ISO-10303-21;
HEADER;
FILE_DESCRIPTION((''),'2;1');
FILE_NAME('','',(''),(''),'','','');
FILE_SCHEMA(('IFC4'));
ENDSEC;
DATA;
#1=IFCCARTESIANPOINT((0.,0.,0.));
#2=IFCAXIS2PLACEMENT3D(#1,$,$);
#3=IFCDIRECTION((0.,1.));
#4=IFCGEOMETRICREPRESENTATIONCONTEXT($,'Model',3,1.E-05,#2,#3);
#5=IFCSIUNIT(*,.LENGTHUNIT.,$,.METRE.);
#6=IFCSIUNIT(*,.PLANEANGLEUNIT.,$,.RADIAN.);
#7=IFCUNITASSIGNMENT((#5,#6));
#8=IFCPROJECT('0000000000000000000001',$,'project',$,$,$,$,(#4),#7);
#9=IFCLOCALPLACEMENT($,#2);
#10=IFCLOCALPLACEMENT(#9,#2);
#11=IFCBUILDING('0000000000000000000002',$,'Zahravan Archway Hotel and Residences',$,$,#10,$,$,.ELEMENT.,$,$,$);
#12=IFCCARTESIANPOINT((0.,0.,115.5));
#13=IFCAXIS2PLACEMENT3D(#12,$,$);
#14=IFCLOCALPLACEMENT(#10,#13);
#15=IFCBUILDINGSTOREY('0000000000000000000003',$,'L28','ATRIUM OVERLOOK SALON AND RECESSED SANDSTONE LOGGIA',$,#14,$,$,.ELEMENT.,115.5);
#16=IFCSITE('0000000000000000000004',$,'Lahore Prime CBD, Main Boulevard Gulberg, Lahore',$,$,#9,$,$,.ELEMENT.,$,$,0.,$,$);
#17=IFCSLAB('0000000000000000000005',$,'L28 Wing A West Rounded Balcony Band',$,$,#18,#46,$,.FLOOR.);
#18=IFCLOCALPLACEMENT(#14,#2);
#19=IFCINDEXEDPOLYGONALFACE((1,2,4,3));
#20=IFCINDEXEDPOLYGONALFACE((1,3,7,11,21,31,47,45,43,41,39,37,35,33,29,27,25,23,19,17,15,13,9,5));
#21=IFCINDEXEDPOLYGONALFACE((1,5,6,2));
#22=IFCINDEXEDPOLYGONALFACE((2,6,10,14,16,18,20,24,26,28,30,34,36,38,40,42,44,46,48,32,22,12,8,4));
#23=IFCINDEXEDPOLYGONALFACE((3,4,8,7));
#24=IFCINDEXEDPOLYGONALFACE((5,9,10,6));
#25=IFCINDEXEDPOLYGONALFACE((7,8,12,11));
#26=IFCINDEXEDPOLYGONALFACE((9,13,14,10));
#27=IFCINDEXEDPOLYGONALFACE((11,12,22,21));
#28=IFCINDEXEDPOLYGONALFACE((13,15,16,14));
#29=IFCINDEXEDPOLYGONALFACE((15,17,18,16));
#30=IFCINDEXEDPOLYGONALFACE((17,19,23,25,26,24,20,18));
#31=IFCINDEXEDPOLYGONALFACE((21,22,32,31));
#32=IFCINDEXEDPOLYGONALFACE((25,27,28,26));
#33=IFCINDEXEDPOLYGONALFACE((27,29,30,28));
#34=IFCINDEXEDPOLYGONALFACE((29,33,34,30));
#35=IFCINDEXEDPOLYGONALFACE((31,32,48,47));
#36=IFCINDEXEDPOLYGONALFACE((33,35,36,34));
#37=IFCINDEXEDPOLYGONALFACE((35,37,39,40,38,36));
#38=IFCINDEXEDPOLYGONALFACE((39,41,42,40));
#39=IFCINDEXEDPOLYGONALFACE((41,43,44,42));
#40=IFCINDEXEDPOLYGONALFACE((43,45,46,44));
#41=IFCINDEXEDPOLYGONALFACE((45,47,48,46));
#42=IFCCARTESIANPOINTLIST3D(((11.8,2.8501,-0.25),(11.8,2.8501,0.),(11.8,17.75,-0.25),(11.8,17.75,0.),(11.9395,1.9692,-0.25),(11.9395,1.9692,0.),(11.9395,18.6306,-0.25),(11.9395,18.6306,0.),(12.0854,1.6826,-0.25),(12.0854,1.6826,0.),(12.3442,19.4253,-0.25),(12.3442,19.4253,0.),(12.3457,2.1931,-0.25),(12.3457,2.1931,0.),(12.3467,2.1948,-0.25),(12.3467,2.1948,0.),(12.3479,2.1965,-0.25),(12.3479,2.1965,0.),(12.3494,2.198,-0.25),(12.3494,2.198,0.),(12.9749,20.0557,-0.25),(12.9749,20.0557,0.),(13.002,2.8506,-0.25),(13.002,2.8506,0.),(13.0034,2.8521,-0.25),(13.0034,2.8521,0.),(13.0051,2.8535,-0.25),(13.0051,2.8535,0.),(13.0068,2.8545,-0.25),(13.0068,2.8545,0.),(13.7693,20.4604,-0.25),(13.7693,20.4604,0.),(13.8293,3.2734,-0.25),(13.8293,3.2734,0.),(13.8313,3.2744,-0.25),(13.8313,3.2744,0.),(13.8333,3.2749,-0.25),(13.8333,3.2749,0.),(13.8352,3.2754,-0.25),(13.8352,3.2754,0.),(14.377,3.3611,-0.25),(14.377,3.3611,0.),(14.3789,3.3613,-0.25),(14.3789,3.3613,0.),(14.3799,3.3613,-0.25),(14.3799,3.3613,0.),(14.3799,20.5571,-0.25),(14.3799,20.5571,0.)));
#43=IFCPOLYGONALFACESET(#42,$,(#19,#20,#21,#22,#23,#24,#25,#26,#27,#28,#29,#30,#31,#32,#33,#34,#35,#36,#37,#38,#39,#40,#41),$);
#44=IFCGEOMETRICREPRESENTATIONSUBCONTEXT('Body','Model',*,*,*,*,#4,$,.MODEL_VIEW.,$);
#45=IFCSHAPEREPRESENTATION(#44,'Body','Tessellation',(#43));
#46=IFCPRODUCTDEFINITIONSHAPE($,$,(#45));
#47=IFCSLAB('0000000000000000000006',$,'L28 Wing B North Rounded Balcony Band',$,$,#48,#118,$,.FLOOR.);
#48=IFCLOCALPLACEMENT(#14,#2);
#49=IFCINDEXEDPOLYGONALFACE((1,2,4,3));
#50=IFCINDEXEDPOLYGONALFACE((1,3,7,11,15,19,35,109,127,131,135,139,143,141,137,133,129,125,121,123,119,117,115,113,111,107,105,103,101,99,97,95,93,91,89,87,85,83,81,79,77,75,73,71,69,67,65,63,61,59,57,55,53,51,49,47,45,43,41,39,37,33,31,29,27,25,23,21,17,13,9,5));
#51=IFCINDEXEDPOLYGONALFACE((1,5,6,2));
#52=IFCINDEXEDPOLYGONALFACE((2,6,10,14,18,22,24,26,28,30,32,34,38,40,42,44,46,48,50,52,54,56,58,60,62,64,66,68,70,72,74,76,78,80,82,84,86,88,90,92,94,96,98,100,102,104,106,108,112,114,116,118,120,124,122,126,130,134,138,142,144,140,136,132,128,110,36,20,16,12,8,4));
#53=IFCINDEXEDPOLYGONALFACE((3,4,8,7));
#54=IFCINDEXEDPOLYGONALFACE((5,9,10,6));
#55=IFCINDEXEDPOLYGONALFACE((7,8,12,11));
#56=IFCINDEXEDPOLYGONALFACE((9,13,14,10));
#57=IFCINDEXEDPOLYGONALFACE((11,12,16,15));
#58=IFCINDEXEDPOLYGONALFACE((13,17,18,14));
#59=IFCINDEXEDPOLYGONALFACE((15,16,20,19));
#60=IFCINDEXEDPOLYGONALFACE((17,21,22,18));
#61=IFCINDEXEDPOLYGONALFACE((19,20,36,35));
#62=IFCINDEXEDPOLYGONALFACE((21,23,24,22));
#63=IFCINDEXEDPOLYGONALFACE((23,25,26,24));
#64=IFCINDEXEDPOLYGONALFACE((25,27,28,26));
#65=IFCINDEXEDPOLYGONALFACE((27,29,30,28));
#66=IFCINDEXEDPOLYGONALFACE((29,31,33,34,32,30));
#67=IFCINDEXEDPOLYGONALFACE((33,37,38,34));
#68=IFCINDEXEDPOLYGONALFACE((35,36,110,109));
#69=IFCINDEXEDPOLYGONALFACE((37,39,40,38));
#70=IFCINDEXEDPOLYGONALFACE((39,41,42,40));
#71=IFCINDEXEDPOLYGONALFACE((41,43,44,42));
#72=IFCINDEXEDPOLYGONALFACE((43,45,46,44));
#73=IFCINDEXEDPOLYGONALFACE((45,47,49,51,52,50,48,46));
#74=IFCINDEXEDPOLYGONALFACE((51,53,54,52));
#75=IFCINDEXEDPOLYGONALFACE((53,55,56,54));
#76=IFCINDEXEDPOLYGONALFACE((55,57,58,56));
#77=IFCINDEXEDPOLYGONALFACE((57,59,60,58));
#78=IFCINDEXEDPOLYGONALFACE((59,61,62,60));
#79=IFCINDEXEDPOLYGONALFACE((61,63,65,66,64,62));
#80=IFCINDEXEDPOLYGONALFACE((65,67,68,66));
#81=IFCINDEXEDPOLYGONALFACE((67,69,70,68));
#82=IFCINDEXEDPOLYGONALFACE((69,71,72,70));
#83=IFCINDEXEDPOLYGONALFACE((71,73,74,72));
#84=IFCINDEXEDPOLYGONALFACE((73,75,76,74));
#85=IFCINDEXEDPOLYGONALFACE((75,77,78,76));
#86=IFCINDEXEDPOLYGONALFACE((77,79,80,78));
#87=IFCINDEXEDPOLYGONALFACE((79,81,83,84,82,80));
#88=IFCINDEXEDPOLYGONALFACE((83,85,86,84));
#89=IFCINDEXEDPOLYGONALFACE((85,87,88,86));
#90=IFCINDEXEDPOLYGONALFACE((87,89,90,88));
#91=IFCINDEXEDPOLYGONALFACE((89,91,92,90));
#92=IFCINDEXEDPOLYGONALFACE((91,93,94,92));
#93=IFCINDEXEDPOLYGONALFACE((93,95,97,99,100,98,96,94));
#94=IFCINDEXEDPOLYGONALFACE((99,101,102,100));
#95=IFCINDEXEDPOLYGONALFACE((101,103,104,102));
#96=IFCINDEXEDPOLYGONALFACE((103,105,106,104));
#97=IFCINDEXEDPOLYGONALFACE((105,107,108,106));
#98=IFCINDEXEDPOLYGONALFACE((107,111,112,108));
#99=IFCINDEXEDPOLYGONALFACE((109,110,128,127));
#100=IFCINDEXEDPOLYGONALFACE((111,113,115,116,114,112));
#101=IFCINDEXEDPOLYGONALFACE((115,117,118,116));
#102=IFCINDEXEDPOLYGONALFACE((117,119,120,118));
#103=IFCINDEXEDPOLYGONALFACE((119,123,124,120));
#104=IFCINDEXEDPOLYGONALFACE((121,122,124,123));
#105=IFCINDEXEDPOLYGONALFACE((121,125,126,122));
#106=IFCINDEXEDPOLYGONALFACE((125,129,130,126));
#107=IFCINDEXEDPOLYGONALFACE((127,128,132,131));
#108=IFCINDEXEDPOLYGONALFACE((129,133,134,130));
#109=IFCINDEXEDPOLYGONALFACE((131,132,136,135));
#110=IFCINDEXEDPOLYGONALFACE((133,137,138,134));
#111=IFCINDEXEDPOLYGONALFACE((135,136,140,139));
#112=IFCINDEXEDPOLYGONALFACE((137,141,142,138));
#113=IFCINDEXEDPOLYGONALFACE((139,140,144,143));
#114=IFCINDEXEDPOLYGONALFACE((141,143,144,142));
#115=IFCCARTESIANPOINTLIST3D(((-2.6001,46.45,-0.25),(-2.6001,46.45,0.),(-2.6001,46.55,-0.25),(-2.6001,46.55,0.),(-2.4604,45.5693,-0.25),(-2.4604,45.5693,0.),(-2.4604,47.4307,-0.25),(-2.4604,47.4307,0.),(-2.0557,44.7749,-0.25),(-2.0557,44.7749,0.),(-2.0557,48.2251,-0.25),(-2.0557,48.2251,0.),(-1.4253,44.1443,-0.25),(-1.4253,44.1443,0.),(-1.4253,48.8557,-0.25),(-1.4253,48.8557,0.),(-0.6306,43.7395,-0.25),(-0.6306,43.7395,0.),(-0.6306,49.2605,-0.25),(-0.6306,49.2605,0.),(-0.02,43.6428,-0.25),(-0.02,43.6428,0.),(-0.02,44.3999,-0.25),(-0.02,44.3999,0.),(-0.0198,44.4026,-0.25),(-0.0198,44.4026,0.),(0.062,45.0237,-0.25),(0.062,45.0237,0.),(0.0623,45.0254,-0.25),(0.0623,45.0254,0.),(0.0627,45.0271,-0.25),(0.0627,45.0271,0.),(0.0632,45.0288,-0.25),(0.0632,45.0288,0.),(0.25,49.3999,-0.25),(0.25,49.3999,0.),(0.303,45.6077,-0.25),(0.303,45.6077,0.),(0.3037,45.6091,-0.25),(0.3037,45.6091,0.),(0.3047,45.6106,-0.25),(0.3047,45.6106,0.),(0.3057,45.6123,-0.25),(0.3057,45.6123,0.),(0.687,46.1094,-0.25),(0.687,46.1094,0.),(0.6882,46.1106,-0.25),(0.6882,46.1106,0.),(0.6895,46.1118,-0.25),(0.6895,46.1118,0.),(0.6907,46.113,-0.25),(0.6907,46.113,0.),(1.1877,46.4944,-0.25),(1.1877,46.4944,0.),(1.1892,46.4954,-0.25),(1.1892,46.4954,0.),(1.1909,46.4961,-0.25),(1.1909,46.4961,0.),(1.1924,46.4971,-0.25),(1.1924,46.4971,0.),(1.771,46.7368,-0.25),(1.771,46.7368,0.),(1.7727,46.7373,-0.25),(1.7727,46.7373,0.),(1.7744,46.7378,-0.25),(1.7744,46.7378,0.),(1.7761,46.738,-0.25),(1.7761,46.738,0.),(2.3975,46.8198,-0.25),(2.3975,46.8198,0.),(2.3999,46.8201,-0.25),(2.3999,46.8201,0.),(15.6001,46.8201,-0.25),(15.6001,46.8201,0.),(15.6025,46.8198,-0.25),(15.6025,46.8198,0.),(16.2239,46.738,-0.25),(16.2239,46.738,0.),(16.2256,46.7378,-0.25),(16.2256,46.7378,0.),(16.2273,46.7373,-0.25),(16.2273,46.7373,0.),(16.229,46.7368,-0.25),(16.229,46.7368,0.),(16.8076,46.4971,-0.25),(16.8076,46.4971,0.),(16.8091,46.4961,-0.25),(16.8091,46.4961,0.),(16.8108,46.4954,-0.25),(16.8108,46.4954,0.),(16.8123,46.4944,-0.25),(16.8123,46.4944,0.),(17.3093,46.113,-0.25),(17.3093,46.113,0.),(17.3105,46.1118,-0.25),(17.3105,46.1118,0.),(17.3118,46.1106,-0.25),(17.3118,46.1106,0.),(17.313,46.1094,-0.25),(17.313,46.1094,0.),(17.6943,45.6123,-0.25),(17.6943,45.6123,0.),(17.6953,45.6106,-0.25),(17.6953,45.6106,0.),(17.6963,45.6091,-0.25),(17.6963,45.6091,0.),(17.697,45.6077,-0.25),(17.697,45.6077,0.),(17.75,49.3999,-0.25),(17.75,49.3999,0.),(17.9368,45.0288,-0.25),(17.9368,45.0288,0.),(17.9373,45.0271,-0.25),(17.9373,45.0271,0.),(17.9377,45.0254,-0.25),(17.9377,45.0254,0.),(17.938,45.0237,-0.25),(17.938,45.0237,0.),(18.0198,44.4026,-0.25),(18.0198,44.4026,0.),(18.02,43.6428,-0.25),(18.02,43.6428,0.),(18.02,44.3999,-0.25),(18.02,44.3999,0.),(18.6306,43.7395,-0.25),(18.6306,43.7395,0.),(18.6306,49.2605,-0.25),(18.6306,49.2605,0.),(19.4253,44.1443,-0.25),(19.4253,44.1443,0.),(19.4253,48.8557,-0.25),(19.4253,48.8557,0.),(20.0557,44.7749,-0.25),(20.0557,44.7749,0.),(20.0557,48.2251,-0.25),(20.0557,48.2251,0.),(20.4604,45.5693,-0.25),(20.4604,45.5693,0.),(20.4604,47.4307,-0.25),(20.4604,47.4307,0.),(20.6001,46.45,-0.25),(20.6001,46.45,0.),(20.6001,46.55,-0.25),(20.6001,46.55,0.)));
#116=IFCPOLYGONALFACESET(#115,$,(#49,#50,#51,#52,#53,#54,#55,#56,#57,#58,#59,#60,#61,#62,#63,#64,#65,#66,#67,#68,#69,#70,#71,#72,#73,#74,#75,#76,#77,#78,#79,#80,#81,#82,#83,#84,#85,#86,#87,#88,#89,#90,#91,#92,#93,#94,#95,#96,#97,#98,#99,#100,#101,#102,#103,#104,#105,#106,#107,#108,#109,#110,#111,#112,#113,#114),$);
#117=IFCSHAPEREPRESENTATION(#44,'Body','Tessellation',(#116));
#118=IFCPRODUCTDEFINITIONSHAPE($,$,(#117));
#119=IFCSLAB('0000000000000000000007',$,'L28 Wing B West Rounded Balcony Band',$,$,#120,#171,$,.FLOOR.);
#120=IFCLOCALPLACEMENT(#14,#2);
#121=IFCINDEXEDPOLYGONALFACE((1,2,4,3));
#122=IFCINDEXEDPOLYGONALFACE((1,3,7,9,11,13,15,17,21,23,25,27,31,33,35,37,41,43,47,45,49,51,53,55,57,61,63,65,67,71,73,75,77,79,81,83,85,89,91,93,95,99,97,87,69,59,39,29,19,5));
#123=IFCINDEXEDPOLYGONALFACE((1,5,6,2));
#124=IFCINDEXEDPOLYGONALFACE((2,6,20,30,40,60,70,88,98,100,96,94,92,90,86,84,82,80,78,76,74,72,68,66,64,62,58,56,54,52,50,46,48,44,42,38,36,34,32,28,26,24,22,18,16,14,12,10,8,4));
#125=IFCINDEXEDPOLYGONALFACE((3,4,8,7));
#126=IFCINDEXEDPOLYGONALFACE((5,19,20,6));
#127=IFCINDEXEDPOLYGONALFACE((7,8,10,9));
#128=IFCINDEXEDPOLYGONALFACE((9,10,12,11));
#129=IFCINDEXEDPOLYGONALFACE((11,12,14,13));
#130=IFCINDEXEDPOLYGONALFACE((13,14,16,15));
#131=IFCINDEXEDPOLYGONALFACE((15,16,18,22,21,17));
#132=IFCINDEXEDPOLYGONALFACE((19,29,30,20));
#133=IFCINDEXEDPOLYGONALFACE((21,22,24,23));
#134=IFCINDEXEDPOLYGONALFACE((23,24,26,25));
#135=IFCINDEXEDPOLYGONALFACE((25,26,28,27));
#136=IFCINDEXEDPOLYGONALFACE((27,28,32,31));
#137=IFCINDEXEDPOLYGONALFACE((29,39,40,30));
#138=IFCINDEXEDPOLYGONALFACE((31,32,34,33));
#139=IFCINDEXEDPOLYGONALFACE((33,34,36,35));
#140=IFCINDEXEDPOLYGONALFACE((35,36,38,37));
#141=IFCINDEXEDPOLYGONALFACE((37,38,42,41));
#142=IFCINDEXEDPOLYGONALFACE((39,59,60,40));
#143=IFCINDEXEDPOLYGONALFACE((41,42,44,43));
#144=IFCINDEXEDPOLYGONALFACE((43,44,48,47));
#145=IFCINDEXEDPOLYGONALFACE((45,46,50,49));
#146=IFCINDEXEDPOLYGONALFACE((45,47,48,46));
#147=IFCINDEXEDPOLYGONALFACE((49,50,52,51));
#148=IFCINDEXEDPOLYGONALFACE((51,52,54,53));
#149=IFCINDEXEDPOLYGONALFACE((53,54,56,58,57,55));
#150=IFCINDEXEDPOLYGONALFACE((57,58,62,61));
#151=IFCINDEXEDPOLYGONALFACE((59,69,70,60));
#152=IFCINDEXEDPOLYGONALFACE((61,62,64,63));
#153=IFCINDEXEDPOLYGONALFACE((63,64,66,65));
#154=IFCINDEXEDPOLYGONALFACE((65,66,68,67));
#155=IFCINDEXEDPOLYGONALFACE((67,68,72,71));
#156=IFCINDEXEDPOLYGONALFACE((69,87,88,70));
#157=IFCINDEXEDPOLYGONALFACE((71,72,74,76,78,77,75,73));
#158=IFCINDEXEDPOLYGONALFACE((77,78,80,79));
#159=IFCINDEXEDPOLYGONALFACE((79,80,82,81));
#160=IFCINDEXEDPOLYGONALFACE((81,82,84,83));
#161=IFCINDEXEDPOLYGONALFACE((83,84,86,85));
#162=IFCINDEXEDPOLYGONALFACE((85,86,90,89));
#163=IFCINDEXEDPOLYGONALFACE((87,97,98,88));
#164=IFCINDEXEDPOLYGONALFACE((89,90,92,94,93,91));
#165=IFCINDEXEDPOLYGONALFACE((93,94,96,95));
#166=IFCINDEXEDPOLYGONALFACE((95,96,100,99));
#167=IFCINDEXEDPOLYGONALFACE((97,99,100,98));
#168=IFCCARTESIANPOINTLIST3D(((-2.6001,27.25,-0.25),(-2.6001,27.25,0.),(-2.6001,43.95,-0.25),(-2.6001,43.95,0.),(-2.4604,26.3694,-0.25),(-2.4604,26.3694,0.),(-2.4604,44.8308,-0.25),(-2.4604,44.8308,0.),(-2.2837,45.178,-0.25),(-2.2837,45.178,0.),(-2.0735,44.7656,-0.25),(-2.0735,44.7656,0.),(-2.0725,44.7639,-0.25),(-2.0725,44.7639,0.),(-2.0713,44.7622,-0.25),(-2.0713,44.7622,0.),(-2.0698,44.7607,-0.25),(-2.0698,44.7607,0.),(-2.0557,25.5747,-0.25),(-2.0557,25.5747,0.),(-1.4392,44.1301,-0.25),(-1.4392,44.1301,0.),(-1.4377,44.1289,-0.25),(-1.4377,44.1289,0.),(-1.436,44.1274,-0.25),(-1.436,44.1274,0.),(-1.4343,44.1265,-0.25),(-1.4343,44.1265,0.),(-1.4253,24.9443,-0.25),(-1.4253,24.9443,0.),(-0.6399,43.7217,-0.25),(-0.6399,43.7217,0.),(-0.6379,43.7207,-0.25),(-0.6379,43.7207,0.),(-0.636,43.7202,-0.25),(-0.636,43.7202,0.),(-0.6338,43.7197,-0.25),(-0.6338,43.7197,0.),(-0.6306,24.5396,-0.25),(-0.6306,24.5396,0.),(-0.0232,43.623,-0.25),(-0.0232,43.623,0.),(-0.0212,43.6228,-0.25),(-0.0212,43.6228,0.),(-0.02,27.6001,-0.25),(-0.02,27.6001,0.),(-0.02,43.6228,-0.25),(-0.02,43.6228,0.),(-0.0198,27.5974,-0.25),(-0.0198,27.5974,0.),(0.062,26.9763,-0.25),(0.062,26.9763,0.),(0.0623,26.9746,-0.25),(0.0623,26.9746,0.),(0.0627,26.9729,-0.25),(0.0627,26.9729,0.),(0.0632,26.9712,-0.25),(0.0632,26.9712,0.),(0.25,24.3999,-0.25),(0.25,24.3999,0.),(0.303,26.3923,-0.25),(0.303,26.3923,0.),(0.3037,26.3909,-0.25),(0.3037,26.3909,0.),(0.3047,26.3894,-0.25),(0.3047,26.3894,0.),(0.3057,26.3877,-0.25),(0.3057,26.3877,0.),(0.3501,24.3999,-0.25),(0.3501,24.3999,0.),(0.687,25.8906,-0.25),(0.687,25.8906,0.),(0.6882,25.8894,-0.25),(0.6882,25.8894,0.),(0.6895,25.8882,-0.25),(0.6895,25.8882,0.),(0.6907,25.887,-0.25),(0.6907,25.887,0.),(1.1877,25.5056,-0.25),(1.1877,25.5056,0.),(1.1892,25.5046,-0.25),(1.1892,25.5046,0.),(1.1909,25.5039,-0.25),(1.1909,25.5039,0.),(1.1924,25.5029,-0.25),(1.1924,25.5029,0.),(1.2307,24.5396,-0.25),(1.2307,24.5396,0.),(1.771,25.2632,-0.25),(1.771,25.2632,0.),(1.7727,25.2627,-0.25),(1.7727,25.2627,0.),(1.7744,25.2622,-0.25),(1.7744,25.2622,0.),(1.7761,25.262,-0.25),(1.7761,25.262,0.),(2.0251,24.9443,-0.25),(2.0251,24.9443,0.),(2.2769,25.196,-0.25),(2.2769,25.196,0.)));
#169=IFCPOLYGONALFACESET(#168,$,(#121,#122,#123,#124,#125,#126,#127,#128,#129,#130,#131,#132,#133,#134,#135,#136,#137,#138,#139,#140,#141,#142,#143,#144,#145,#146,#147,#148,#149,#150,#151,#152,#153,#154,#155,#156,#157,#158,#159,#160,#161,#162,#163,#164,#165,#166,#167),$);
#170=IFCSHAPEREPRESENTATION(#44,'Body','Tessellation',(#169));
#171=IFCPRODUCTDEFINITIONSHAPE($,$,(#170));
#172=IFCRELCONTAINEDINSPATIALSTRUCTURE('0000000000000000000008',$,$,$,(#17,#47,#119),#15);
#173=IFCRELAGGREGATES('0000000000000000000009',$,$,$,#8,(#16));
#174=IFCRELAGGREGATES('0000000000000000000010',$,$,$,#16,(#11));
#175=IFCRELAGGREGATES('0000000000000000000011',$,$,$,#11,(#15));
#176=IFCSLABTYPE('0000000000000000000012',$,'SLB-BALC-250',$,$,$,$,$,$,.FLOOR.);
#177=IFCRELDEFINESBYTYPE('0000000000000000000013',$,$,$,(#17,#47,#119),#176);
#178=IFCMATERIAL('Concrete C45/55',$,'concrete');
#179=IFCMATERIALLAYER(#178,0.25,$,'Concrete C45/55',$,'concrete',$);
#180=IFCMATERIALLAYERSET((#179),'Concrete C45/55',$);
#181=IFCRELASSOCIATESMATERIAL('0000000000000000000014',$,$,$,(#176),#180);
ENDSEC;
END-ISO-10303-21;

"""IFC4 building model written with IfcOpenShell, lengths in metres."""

from ifc_helpers import new_model, si_unit, direction, frame, origin, place, context, subcontext, project, spatial, polyline, outline, extrude, material, layer, layer_set, type_object, element, save


model = new_model("IFC4")

# Units and contexts
model_context = context("Model", 3, precision=1e-05, world=origin(), true_north=direction((0.0, 1.0)))
body_context = subcontext(model_context, "Body", "Model", "MODEL_VIEW")
ifc_project = project(units=[si_unit("LENGTHUNIT", "METRE"), si_unit("PLANEANGLEUNIT", "RADIAN")], contexts=[model_context])

# Site, building, storey
site_placement = place(None, origin())
site = spatial("IfcSite", under=ifc_project, at=site_placement, Name="Lahore Prime CBD, Main Boulevard Gulberg, Lahore", CompositionType="ELEMENT", RefElevation=0.0)
building_placement = place(site_placement, origin())
building = spatial("IfcBuilding", under=site, at=building_placement, Name="Zahravan Archway Hotel and Residences", CompositionType="ELEMENT")
storey_placement = place(building_placement, frame((0.0, 0.0, 115.5)))
storey = spatial("IfcBuildingStorey", under=building, at=storey_placement, Name="L28", Description="ATRIUM OVERLOOK SALON AND RECESSED SANDSTONE LOGGIA", CompositionType="ELEMENT", Elevation=115.5)

# Slabs
ifc_material_1 = material(Name="Concrete C45/55", Category="concrete")
ifc_layer_1 = layer(ifc_material_1, 0.25, Name="Concrete C45/55", Category="concrete")
ifc_layer_set_1 = layer_set([ifc_layer_1], Name="Concrete C45/55")
slab_type_1 = type_object("IfcSlabType", Name="SLB-BALC-250", PredefinedType="FLOOR", material=ifc_layer_set_1)
slab_1_placement = place(storey_placement, frame((0.0, 0.0, -0.25)))
element("IfcSlab", 1, at=slab_1_placement, inside=storey, type_object=slab_type_1, Name="L28 Wing A West Rounded Balcony Band", PredefinedType="FLOOR", context=body_context, shape_type="SweptSolid", body=[
    extrude(outline(polyline([(11.9395, 1.9692), (11.8, 2.8501), (11.8, 17.75), (11.9395, 18.6306), (12.3442, 19.4253), (12.9749, 20.0557), (13.7693, 20.4604), (14.3799, 20.5571), (14.3799, 3.3613), (14.3789, 3.3613), (14.377, 3.3611), (13.8352, 3.2754), (13.8333, 3.2749), (13.8313, 3.2744), (13.8293, 3.2734), (13.0068, 2.8545), (13.0051, 2.8535), (13.0034, 2.8521), (13.002, 2.8506), (12.3494, 2.198), (12.3479, 2.1965), (12.3467, 2.1948), (12.3457, 2.1931), (12.0854, 1.6826), (11.9395, 1.9692)])), origin(), (0.0, 0.0, 1.0), 0.25),
])
slab_2_placement = place(storey_placement, frame((0.0, 0.0, -0.25)))
element("IfcSlab", 2, at=slab_2_placement, inside=storey, type_object=slab_type_1, Name="L28 Wing B North Rounded Balcony Band", PredefinedType="FLOOR", context=body_context, shape_type="SweptSolid", body=[
    extrude(outline(polyline([(-0.6306, 43.7395), (-1.4253, 44.1443), (-2.0557, 44.7749), (-2.4604, 45.5693), (-2.6001, 46.45), (-2.6001, 46.55), (-2.4604, 47.4307), (-2.0557, 48.2251), (-1.4253, 48.8557), (-0.6306, 49.2605), (0.25, 49.3999), (17.75, 49.3999), (18.6306, 49.2605), (19.4253, 48.8557), (20.0557, 48.2251), (20.4604, 47.4307), (20.6001, 46.55), (20.6001, 46.45), (20.4604, 45.5693), (20.0557, 44.7749), (19.4253, 44.1443), (18.6306, 43.7395), (18.02, 43.6428), (18.02, 44.3999), (18.0198, 44.4026), (17.938, 45.0237), (17.9377, 45.0254), (17.9373, 45.0271), (17.9368, 45.0288), (17.697, 45.6077), (17.6963, 45.6091), (17.6953, 45.6106), (17.6943, 45.6123), (17.313, 46.1094), (17.3118, 46.1106), (17.3105, 46.1118), (17.3093, 46.113), (16.8123, 46.4944), (16.8108, 46.4954), (16.8091, 46.4961), (16.8076, 46.4971), (16.229, 46.7368), (16.2273, 46.7373), (16.2256, 46.7378), (16.2239, 46.738), (15.6025, 46.8198), (15.6001, 46.8201), (2.3999, 46.8201), (2.3975, 46.8198), (1.7761, 46.738), (1.7744, 46.7378), (1.7727, 46.7373), (1.771, 46.7368), (1.1924, 46.4971), (1.1909, 46.4961), (1.1892, 46.4954), (1.1877, 46.4944), (0.6907, 46.113), (0.6895, 46.1118), (0.6882, 46.1106), (0.687, 46.1094), (0.3057, 45.6123), (0.3047, 45.6106), (0.3037, 45.6091), (0.303, 45.6077), (0.0632, 45.0288), (0.0627, 45.0271), (0.0623, 45.0254), (0.062, 45.0237), (-0.0198, 44.4026), (-0.02, 44.3999), (-0.02, 43.6428), (-0.6306, 43.7395)])), origin(), (0.0, 0.0, 1.0), 0.25),
])
slab_3_placement = place(storey_placement, frame((0.0, 0.0, -0.25)))
element("IfcSlab", 3, at=slab_3_placement, inside=storey, type_object=slab_type_1, Name="L28 Wing B West Rounded Balcony Band", PredefinedType="FLOOR", context=body_context, shape_type="SweptSolid", body=[
    extrude(outline(polyline([(2.0251, 24.9443), (1.2307, 24.5396), (0.3501, 24.3999), (0.25, 24.3999), (-0.6306, 24.5396), (-1.4253, 24.9443), (-2.0557, 25.5747), (-2.4604, 26.3694), (-2.6001, 27.25), (-2.6001, 43.95), (-2.4604, 44.8308), (-2.2837, 45.178), (-2.0735, 44.7656), (-2.0725, 44.7639), (-2.0713, 44.7622), (-2.0698, 44.7607), (-1.4392, 44.1301), (-1.4377, 44.1289), (-1.436, 44.1274), (-1.4343, 44.1265), (-0.6399, 43.7217), (-0.6379, 43.7207), (-0.636, 43.7202), (-0.6338, 43.7197), (-0.0232, 43.623), (-0.0212, 43.6228), (-0.02, 43.6228), (-0.02, 27.6001), (-0.0198, 27.5974), (0.062, 26.9763), (0.0623, 26.9746), (0.0627, 26.9729), (0.0632, 26.9712), (0.303, 26.3923), (0.3037, 26.3909), (0.3047, 26.3894), (0.3057, 26.3877), (0.687, 25.8906), (0.6882, 25.8894), (0.6895, 25.8882), (0.6907, 25.887), (1.1877, 25.5056), (1.1892, 25.5046), (1.1909, 25.5039), (1.1924, 25.5029), (1.771, 25.2632), (1.7727, 25.2627), (1.7744, 25.2622), (1.7761, 25.262), (2.2769, 25.196), (2.0251, 24.9443)])), origin(), (0.0, 0.0, 1.0), 0.25),
])

save(model, "model.ifc")
